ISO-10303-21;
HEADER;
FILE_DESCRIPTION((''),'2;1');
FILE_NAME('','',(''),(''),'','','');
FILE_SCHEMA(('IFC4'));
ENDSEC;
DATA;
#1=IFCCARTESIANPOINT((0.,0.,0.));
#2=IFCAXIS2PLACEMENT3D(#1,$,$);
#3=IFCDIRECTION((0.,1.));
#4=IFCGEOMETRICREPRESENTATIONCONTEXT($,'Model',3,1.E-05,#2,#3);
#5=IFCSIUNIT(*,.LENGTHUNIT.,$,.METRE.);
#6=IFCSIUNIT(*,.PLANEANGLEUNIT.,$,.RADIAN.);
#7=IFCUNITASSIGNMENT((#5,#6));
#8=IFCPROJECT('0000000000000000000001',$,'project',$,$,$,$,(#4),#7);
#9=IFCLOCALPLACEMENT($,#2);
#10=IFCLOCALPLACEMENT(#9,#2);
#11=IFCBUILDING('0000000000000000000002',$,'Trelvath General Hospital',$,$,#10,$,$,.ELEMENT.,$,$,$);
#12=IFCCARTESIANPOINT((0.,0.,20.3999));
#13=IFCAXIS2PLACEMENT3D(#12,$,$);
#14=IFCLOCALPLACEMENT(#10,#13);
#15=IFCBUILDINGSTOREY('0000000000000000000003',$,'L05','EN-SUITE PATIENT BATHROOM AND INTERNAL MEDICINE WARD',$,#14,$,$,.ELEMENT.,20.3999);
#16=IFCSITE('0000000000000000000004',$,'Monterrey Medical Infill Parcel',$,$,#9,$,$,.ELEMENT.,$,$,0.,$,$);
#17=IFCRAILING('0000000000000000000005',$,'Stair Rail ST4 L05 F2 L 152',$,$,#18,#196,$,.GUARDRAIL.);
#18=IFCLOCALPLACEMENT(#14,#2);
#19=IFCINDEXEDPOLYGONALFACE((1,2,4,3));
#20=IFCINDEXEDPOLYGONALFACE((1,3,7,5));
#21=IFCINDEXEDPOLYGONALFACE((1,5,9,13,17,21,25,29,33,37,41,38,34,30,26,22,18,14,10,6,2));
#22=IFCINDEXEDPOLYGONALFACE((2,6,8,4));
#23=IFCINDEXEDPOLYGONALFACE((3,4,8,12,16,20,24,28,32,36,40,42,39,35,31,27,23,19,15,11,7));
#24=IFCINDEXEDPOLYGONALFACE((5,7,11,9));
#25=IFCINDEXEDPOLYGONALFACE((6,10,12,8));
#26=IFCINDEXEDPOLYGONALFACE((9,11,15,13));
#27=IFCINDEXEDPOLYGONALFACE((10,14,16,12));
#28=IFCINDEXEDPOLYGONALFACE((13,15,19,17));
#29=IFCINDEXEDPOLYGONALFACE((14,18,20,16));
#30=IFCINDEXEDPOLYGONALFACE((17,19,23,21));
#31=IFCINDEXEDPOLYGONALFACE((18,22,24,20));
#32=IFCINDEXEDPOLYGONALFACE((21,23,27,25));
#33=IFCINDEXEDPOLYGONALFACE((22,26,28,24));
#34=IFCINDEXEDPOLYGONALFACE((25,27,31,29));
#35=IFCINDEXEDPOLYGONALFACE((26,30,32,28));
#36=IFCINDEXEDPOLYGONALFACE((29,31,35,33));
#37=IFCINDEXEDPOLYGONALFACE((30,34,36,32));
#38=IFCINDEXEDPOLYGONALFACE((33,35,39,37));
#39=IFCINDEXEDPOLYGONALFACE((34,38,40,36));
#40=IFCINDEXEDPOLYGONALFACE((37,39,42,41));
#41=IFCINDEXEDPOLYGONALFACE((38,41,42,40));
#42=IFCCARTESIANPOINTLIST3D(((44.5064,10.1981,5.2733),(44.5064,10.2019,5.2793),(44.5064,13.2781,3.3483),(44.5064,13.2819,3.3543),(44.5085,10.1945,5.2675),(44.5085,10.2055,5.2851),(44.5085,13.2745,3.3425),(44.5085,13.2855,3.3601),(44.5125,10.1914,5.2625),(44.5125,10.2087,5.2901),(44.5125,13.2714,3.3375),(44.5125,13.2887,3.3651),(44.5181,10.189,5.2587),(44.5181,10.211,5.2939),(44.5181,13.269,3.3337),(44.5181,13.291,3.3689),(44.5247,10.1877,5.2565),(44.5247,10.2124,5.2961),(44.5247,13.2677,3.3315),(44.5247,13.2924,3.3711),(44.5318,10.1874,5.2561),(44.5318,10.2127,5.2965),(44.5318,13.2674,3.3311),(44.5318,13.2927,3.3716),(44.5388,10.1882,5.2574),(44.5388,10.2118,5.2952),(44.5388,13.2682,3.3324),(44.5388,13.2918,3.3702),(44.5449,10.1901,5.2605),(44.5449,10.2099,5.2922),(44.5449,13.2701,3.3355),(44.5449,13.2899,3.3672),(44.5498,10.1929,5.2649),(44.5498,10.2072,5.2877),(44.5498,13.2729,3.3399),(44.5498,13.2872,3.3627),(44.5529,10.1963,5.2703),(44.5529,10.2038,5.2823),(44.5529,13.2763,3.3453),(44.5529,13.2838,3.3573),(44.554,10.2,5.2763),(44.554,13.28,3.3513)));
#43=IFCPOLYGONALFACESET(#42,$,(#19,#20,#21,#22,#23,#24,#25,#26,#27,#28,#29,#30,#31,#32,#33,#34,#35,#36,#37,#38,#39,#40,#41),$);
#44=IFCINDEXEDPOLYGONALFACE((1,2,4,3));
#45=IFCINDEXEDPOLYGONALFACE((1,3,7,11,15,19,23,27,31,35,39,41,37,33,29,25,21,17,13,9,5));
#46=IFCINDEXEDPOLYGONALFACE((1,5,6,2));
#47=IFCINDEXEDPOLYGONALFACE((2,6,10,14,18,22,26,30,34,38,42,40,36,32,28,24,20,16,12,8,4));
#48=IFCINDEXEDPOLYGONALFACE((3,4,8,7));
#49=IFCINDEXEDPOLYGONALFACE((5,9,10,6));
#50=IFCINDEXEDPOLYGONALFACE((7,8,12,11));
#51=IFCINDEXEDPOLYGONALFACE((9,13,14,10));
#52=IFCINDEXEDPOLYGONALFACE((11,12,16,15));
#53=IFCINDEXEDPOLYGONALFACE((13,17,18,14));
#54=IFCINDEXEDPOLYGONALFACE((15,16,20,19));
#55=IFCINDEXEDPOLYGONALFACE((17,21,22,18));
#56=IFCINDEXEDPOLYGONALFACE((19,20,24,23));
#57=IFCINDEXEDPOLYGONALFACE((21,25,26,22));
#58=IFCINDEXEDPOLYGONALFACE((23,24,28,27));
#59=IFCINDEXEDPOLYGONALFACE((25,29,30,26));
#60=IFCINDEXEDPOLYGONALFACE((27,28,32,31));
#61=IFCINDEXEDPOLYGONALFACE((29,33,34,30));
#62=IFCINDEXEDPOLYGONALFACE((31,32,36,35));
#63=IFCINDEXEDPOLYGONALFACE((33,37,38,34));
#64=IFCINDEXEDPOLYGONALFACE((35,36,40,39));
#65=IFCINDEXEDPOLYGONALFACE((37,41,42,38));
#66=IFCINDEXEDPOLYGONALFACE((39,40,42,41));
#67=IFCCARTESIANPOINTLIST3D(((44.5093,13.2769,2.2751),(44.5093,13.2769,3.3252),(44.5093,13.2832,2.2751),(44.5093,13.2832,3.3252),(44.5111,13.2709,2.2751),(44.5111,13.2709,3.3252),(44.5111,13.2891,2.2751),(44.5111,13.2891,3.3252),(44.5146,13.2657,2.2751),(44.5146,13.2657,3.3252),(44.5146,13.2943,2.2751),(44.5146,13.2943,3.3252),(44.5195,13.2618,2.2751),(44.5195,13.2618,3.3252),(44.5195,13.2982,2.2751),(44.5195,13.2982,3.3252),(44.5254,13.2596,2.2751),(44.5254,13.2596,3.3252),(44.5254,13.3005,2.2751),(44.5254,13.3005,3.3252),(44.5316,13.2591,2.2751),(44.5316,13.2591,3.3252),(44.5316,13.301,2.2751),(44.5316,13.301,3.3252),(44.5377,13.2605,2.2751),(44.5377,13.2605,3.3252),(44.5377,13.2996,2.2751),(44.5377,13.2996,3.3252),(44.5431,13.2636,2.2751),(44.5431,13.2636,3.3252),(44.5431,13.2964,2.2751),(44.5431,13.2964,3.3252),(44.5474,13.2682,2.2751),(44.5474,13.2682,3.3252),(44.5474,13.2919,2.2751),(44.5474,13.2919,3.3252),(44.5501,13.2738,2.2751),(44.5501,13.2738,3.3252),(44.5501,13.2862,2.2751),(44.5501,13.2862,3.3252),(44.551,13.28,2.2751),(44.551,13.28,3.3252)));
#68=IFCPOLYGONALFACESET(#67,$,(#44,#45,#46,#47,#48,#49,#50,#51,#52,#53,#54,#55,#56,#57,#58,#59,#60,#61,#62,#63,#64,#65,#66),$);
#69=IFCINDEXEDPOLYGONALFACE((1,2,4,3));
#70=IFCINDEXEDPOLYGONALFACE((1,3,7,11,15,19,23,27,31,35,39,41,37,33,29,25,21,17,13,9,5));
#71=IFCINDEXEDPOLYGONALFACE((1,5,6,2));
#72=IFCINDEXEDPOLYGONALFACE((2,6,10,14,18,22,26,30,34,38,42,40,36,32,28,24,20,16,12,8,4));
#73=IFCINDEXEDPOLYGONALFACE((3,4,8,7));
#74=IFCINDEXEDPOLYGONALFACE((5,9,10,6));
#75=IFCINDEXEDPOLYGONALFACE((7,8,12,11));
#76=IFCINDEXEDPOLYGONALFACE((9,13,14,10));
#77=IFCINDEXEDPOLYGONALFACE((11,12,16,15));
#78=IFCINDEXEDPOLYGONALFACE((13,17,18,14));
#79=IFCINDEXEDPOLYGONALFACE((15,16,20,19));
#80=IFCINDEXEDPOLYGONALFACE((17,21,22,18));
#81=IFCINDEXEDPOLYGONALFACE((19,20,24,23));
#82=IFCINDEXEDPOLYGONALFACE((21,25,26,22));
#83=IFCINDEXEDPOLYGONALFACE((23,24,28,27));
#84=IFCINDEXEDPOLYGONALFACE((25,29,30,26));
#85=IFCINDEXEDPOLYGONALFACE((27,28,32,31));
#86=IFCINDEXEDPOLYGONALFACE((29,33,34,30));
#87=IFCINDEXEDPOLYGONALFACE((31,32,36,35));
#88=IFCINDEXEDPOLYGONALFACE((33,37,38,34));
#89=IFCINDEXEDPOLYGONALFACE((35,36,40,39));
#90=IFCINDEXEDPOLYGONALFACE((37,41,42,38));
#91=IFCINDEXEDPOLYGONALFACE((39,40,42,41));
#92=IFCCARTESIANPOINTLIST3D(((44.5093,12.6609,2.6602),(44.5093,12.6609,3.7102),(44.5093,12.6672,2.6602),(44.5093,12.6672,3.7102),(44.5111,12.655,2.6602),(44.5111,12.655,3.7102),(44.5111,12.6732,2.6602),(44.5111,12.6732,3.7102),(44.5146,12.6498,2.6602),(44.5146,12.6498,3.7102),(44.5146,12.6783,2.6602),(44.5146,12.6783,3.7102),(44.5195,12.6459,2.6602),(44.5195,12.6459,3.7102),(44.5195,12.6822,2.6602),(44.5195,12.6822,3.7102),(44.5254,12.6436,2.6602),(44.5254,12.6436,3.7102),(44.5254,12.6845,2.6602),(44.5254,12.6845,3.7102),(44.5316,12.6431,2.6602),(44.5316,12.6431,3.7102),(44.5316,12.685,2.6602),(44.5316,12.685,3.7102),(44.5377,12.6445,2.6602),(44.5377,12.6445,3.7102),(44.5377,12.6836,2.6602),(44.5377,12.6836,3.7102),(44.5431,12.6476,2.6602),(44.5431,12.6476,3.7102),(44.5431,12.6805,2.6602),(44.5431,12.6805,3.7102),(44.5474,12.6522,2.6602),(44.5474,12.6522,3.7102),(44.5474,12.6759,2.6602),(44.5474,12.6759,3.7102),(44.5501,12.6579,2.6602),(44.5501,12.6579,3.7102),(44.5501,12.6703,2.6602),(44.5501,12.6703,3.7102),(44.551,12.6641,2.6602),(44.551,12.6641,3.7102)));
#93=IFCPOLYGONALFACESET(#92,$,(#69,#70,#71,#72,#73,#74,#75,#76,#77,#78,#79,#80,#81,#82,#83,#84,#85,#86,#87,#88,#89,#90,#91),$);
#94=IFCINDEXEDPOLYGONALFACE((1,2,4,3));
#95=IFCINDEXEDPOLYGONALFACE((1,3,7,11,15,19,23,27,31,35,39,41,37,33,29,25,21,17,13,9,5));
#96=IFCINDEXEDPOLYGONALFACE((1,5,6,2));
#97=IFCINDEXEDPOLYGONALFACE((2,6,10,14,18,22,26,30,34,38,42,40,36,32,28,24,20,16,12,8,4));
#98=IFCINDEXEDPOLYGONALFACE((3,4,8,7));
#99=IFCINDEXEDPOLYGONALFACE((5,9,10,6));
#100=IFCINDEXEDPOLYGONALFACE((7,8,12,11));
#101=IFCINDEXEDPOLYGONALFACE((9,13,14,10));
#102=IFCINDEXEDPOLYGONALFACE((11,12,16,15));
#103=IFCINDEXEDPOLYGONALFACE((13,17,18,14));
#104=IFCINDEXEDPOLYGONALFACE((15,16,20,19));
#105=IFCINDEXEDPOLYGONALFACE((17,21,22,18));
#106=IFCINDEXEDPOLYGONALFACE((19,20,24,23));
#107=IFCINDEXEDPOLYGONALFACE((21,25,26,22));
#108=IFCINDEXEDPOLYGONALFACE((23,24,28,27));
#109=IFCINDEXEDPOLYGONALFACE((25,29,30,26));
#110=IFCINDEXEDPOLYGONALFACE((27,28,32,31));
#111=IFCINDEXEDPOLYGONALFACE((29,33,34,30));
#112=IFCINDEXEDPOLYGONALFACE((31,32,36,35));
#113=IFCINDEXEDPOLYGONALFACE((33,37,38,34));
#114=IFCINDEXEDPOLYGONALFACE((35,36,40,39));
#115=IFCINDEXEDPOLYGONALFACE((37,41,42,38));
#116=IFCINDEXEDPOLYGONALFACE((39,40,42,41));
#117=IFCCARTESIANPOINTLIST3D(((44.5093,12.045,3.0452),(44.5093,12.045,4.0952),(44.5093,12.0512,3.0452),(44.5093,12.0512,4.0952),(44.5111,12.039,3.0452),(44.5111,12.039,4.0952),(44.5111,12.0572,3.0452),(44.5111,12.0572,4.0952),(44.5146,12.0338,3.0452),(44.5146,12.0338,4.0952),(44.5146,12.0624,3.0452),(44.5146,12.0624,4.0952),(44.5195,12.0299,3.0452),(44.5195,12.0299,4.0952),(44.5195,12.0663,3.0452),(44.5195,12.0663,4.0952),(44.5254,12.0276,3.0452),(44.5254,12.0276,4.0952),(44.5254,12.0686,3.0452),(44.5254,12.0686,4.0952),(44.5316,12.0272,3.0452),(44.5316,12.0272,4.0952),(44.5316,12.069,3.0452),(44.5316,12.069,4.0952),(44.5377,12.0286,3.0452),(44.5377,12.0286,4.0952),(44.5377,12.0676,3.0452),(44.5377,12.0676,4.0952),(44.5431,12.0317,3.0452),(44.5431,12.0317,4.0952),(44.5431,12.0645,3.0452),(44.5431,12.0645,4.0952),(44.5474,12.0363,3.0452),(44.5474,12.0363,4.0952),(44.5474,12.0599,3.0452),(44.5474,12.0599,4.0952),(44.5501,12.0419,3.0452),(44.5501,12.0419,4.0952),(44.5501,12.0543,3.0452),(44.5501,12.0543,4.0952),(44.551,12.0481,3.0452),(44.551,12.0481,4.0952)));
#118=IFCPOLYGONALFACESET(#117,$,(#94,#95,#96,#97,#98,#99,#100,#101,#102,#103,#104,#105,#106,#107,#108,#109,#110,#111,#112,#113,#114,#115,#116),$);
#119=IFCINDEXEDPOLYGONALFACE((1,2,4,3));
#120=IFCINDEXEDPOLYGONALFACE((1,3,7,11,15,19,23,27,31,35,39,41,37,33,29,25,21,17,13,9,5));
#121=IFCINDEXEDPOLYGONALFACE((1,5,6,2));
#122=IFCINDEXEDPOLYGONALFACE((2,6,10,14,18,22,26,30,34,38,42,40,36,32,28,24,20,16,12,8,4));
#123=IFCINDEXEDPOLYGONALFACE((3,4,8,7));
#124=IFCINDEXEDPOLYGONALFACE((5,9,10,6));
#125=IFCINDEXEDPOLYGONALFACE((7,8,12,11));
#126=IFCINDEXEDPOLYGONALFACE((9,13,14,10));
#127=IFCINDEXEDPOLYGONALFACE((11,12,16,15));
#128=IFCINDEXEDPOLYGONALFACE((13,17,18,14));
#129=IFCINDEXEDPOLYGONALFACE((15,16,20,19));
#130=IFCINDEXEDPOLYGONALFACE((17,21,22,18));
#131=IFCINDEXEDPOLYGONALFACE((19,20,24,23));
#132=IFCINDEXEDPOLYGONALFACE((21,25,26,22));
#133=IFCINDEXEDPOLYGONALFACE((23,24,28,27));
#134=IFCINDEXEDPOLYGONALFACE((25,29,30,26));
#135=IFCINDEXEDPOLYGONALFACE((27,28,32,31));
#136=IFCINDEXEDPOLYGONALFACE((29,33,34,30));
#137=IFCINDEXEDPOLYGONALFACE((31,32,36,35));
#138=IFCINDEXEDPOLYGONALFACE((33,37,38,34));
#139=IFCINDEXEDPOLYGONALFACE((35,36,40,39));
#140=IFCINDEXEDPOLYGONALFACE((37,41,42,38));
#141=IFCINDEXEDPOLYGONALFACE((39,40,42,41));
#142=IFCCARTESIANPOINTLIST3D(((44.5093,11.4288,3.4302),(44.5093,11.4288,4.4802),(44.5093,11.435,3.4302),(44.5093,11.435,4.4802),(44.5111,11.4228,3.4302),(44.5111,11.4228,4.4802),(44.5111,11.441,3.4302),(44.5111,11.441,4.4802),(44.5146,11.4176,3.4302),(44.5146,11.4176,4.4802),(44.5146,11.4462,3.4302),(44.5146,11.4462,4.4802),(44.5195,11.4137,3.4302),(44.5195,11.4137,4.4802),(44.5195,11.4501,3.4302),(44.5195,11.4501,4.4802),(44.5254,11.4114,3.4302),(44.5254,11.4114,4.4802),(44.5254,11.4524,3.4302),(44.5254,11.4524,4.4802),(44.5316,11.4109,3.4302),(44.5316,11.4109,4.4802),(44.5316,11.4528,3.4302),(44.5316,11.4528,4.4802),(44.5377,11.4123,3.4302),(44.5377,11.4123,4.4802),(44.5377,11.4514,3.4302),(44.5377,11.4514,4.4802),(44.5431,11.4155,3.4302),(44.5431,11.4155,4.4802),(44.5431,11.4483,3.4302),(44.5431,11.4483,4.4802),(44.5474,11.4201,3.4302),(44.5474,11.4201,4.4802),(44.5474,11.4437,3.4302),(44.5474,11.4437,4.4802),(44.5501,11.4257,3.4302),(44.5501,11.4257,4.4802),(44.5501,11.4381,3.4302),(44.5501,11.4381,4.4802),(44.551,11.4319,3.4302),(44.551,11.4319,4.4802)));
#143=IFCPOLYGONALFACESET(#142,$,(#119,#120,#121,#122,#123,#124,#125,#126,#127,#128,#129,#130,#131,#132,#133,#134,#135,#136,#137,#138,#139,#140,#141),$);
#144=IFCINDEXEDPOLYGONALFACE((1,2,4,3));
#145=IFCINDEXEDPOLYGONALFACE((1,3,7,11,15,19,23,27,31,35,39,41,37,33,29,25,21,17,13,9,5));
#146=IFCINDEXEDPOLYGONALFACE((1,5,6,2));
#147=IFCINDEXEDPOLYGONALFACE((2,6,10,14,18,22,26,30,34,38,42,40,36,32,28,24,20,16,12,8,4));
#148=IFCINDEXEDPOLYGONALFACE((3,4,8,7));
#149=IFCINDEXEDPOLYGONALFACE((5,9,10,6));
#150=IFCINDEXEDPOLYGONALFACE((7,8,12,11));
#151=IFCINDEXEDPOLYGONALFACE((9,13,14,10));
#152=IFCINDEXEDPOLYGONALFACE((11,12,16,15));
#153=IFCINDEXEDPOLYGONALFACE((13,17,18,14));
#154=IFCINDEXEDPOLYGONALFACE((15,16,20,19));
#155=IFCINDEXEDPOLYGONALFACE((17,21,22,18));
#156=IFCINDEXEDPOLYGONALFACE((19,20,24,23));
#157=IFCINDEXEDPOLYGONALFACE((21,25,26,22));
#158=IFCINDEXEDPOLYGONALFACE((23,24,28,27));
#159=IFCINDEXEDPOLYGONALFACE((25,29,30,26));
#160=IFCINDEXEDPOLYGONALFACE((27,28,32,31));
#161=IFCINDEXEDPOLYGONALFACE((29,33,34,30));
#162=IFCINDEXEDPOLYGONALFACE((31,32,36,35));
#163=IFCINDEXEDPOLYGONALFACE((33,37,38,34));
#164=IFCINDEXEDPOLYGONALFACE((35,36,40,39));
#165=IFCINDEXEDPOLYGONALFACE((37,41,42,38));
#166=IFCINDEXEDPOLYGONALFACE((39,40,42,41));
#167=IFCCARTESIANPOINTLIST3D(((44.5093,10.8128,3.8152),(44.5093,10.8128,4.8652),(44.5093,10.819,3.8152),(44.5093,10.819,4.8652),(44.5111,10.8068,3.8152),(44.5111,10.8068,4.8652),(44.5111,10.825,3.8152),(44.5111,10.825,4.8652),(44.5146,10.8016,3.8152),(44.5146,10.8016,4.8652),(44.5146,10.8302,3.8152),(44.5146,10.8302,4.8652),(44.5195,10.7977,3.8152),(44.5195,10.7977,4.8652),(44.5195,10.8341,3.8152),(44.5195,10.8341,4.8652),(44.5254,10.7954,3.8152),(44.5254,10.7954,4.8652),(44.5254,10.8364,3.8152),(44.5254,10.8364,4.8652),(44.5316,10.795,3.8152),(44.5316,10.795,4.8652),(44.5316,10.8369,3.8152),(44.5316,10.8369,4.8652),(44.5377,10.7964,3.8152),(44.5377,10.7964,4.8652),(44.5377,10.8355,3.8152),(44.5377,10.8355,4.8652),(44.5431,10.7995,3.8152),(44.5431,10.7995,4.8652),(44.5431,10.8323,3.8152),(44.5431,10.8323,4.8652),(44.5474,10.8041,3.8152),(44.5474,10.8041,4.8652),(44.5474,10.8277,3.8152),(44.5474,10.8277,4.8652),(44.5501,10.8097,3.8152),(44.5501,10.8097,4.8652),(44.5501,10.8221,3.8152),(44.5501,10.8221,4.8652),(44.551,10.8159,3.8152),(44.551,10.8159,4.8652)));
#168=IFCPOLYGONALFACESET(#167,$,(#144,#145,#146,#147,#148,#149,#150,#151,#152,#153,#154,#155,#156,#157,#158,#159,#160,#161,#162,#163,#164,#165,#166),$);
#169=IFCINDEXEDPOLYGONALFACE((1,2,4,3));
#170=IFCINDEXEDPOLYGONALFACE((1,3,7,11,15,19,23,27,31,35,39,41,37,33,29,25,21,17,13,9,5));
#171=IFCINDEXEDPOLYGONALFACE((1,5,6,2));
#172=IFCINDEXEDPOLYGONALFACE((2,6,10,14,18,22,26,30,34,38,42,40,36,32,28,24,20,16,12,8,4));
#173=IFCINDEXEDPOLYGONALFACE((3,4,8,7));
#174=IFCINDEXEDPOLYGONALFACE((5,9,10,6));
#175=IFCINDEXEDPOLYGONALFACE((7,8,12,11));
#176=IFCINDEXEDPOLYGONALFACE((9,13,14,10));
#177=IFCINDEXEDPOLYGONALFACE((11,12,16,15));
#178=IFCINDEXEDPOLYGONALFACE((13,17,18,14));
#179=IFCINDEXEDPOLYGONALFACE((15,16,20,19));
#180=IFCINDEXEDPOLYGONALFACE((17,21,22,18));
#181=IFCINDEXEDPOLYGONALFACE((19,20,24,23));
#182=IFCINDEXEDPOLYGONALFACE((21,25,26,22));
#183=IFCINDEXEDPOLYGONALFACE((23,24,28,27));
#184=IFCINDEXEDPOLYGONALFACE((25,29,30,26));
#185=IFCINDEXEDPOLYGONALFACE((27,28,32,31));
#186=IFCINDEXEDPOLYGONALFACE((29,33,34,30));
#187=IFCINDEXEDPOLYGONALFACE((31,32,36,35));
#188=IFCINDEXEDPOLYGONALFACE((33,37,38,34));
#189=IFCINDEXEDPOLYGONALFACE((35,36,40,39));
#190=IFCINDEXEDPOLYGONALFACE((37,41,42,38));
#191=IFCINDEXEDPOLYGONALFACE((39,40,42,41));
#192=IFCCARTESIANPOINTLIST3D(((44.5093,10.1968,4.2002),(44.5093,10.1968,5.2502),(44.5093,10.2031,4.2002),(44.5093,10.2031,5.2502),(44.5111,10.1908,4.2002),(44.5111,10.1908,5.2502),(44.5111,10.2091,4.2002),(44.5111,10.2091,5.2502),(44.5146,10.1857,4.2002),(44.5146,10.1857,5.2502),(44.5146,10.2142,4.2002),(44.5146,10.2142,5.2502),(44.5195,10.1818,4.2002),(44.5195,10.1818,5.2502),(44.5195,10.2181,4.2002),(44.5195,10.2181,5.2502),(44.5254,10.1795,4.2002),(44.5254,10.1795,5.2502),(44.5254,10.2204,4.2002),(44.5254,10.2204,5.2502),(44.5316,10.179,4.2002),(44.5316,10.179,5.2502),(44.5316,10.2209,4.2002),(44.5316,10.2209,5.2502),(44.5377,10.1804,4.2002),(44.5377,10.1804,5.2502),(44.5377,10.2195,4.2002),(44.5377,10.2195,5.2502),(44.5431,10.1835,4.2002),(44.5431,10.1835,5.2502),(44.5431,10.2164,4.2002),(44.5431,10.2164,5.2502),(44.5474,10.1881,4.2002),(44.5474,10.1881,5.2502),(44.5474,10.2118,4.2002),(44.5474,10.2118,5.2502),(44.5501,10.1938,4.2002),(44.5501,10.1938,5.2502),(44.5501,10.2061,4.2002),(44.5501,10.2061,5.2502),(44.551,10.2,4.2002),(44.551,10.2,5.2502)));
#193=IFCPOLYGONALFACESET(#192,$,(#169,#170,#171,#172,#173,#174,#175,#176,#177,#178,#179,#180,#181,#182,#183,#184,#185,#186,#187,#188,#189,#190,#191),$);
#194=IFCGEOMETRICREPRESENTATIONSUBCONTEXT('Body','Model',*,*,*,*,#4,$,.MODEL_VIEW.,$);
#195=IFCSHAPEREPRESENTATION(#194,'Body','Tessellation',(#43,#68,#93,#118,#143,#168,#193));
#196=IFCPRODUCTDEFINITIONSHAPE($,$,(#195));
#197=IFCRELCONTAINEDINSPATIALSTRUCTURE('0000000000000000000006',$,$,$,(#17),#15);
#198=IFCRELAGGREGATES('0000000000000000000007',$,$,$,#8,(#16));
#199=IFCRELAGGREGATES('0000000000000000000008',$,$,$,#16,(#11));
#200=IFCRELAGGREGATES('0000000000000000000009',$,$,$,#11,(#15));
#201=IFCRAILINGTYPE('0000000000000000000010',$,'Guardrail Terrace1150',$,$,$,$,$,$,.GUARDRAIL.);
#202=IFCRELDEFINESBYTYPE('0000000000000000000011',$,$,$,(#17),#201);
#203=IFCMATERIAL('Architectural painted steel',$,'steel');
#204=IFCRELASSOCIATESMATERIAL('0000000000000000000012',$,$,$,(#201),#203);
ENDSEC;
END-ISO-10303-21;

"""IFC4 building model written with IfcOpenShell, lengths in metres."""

from ifc_helpers import new_model, si_unit, direction, frame, origin, origin_2d, place, context, subcontext, project, spatial, circle, extrude, material, type_object, element, save


model = new_model("IFC4")

# Units and contexts
model_context = context("Model", 3, precision=1e-05, world=origin(), true_north=direction((0.0, 1.0)))
body_context = subcontext(model_context, "Body", "Model", "MODEL_VIEW")
ifc_project = project(units=[si_unit("LENGTHUNIT", "METRE"), si_unit("PLANEANGLEUNIT", "RADIAN")], contexts=[model_context])

# Site, building, storey
site_placement = place(None, origin())
site = spatial("IfcSite", under=ifc_project, at=site_placement, Name="Monterrey Medical Infill Parcel", CompositionType="ELEMENT", RefElevation=0.0)
building_placement = place(site_placement, origin())
building = spatial("IfcBuilding", under=site, at=building_placement, Name="Trelvath General Hospital", CompositionType="ELEMENT")
storey_placement = place(building_placement, frame((0.0, 0.0, 20.3999)))
storey = spatial("IfcBuildingStorey", under=building, at=storey_placement, Name="L05", Description="EN-SUITE PATIENT BATHROOM AND INTERNAL MEDICINE WARD", CompositionType="ELEMENT", Elevation=20.3999)

# Railing
ifc_material_1 = material(Name="Architectural painted steel", Category="steel")
railing_type_1 = type_object("IfcRailingType", Name="Guardrail Terrace1150", PredefinedType="GUARDRAIL", material=ifc_material_1)
railing_1_placement = place(storey_placement, frame((44.53, 13.28, 2.2751)))
element("IfcRailing", 1, at=railing_1_placement, inside=storey, type_object=railing_type_1, Name="Stair Rail ST4 L05 F2 L 152", PredefinedType="GUARDRAIL", context=body_context, shape_type="SweptSolid", body=[
    extrude(circle(Radius=0.0239, at=origin_2d()), frame((0.0, 0.0, 1.0762), z_axis=(0.0, -0.847998, 0.529999), x_axis=(1.0, 0.0, 0.0)), (0.0, 0.0, 1.0), 3.6321),
    extrude(circle(Radius=0.021, at=origin_2d()), origin(), (0.0, 0.0, 1.0), 1.05),
    extrude(circle(Radius=0.021, at=origin_2d()), frame((0.0, -0.616, 0.385)), (0.0, 0.0, 1.0), 1.05),
    extrude(circle(Radius=0.021, at=origin_2d()), frame((0.0, -1.2319, 0.77)), (0.0, 0.0, 1.0), 1.05),
    extrude(circle(Radius=0.021, at=origin_2d()), frame((0.0, -1.8481, 1.155)), (0.0, 0.0, 1.0), 1.05),
    extrude(circle(Radius=0.021, at=origin_2d()), frame((0.0, -2.4641, 1.54)), (0.0, 0.0, 1.0), 1.05),
    extrude(circle(Radius=0.021, at=origin_2d()), frame((0.0, -3.0801, 1.925)), (0.0, 0.0, 1.0), 1.05),
])

save(model, "model.ifc")
